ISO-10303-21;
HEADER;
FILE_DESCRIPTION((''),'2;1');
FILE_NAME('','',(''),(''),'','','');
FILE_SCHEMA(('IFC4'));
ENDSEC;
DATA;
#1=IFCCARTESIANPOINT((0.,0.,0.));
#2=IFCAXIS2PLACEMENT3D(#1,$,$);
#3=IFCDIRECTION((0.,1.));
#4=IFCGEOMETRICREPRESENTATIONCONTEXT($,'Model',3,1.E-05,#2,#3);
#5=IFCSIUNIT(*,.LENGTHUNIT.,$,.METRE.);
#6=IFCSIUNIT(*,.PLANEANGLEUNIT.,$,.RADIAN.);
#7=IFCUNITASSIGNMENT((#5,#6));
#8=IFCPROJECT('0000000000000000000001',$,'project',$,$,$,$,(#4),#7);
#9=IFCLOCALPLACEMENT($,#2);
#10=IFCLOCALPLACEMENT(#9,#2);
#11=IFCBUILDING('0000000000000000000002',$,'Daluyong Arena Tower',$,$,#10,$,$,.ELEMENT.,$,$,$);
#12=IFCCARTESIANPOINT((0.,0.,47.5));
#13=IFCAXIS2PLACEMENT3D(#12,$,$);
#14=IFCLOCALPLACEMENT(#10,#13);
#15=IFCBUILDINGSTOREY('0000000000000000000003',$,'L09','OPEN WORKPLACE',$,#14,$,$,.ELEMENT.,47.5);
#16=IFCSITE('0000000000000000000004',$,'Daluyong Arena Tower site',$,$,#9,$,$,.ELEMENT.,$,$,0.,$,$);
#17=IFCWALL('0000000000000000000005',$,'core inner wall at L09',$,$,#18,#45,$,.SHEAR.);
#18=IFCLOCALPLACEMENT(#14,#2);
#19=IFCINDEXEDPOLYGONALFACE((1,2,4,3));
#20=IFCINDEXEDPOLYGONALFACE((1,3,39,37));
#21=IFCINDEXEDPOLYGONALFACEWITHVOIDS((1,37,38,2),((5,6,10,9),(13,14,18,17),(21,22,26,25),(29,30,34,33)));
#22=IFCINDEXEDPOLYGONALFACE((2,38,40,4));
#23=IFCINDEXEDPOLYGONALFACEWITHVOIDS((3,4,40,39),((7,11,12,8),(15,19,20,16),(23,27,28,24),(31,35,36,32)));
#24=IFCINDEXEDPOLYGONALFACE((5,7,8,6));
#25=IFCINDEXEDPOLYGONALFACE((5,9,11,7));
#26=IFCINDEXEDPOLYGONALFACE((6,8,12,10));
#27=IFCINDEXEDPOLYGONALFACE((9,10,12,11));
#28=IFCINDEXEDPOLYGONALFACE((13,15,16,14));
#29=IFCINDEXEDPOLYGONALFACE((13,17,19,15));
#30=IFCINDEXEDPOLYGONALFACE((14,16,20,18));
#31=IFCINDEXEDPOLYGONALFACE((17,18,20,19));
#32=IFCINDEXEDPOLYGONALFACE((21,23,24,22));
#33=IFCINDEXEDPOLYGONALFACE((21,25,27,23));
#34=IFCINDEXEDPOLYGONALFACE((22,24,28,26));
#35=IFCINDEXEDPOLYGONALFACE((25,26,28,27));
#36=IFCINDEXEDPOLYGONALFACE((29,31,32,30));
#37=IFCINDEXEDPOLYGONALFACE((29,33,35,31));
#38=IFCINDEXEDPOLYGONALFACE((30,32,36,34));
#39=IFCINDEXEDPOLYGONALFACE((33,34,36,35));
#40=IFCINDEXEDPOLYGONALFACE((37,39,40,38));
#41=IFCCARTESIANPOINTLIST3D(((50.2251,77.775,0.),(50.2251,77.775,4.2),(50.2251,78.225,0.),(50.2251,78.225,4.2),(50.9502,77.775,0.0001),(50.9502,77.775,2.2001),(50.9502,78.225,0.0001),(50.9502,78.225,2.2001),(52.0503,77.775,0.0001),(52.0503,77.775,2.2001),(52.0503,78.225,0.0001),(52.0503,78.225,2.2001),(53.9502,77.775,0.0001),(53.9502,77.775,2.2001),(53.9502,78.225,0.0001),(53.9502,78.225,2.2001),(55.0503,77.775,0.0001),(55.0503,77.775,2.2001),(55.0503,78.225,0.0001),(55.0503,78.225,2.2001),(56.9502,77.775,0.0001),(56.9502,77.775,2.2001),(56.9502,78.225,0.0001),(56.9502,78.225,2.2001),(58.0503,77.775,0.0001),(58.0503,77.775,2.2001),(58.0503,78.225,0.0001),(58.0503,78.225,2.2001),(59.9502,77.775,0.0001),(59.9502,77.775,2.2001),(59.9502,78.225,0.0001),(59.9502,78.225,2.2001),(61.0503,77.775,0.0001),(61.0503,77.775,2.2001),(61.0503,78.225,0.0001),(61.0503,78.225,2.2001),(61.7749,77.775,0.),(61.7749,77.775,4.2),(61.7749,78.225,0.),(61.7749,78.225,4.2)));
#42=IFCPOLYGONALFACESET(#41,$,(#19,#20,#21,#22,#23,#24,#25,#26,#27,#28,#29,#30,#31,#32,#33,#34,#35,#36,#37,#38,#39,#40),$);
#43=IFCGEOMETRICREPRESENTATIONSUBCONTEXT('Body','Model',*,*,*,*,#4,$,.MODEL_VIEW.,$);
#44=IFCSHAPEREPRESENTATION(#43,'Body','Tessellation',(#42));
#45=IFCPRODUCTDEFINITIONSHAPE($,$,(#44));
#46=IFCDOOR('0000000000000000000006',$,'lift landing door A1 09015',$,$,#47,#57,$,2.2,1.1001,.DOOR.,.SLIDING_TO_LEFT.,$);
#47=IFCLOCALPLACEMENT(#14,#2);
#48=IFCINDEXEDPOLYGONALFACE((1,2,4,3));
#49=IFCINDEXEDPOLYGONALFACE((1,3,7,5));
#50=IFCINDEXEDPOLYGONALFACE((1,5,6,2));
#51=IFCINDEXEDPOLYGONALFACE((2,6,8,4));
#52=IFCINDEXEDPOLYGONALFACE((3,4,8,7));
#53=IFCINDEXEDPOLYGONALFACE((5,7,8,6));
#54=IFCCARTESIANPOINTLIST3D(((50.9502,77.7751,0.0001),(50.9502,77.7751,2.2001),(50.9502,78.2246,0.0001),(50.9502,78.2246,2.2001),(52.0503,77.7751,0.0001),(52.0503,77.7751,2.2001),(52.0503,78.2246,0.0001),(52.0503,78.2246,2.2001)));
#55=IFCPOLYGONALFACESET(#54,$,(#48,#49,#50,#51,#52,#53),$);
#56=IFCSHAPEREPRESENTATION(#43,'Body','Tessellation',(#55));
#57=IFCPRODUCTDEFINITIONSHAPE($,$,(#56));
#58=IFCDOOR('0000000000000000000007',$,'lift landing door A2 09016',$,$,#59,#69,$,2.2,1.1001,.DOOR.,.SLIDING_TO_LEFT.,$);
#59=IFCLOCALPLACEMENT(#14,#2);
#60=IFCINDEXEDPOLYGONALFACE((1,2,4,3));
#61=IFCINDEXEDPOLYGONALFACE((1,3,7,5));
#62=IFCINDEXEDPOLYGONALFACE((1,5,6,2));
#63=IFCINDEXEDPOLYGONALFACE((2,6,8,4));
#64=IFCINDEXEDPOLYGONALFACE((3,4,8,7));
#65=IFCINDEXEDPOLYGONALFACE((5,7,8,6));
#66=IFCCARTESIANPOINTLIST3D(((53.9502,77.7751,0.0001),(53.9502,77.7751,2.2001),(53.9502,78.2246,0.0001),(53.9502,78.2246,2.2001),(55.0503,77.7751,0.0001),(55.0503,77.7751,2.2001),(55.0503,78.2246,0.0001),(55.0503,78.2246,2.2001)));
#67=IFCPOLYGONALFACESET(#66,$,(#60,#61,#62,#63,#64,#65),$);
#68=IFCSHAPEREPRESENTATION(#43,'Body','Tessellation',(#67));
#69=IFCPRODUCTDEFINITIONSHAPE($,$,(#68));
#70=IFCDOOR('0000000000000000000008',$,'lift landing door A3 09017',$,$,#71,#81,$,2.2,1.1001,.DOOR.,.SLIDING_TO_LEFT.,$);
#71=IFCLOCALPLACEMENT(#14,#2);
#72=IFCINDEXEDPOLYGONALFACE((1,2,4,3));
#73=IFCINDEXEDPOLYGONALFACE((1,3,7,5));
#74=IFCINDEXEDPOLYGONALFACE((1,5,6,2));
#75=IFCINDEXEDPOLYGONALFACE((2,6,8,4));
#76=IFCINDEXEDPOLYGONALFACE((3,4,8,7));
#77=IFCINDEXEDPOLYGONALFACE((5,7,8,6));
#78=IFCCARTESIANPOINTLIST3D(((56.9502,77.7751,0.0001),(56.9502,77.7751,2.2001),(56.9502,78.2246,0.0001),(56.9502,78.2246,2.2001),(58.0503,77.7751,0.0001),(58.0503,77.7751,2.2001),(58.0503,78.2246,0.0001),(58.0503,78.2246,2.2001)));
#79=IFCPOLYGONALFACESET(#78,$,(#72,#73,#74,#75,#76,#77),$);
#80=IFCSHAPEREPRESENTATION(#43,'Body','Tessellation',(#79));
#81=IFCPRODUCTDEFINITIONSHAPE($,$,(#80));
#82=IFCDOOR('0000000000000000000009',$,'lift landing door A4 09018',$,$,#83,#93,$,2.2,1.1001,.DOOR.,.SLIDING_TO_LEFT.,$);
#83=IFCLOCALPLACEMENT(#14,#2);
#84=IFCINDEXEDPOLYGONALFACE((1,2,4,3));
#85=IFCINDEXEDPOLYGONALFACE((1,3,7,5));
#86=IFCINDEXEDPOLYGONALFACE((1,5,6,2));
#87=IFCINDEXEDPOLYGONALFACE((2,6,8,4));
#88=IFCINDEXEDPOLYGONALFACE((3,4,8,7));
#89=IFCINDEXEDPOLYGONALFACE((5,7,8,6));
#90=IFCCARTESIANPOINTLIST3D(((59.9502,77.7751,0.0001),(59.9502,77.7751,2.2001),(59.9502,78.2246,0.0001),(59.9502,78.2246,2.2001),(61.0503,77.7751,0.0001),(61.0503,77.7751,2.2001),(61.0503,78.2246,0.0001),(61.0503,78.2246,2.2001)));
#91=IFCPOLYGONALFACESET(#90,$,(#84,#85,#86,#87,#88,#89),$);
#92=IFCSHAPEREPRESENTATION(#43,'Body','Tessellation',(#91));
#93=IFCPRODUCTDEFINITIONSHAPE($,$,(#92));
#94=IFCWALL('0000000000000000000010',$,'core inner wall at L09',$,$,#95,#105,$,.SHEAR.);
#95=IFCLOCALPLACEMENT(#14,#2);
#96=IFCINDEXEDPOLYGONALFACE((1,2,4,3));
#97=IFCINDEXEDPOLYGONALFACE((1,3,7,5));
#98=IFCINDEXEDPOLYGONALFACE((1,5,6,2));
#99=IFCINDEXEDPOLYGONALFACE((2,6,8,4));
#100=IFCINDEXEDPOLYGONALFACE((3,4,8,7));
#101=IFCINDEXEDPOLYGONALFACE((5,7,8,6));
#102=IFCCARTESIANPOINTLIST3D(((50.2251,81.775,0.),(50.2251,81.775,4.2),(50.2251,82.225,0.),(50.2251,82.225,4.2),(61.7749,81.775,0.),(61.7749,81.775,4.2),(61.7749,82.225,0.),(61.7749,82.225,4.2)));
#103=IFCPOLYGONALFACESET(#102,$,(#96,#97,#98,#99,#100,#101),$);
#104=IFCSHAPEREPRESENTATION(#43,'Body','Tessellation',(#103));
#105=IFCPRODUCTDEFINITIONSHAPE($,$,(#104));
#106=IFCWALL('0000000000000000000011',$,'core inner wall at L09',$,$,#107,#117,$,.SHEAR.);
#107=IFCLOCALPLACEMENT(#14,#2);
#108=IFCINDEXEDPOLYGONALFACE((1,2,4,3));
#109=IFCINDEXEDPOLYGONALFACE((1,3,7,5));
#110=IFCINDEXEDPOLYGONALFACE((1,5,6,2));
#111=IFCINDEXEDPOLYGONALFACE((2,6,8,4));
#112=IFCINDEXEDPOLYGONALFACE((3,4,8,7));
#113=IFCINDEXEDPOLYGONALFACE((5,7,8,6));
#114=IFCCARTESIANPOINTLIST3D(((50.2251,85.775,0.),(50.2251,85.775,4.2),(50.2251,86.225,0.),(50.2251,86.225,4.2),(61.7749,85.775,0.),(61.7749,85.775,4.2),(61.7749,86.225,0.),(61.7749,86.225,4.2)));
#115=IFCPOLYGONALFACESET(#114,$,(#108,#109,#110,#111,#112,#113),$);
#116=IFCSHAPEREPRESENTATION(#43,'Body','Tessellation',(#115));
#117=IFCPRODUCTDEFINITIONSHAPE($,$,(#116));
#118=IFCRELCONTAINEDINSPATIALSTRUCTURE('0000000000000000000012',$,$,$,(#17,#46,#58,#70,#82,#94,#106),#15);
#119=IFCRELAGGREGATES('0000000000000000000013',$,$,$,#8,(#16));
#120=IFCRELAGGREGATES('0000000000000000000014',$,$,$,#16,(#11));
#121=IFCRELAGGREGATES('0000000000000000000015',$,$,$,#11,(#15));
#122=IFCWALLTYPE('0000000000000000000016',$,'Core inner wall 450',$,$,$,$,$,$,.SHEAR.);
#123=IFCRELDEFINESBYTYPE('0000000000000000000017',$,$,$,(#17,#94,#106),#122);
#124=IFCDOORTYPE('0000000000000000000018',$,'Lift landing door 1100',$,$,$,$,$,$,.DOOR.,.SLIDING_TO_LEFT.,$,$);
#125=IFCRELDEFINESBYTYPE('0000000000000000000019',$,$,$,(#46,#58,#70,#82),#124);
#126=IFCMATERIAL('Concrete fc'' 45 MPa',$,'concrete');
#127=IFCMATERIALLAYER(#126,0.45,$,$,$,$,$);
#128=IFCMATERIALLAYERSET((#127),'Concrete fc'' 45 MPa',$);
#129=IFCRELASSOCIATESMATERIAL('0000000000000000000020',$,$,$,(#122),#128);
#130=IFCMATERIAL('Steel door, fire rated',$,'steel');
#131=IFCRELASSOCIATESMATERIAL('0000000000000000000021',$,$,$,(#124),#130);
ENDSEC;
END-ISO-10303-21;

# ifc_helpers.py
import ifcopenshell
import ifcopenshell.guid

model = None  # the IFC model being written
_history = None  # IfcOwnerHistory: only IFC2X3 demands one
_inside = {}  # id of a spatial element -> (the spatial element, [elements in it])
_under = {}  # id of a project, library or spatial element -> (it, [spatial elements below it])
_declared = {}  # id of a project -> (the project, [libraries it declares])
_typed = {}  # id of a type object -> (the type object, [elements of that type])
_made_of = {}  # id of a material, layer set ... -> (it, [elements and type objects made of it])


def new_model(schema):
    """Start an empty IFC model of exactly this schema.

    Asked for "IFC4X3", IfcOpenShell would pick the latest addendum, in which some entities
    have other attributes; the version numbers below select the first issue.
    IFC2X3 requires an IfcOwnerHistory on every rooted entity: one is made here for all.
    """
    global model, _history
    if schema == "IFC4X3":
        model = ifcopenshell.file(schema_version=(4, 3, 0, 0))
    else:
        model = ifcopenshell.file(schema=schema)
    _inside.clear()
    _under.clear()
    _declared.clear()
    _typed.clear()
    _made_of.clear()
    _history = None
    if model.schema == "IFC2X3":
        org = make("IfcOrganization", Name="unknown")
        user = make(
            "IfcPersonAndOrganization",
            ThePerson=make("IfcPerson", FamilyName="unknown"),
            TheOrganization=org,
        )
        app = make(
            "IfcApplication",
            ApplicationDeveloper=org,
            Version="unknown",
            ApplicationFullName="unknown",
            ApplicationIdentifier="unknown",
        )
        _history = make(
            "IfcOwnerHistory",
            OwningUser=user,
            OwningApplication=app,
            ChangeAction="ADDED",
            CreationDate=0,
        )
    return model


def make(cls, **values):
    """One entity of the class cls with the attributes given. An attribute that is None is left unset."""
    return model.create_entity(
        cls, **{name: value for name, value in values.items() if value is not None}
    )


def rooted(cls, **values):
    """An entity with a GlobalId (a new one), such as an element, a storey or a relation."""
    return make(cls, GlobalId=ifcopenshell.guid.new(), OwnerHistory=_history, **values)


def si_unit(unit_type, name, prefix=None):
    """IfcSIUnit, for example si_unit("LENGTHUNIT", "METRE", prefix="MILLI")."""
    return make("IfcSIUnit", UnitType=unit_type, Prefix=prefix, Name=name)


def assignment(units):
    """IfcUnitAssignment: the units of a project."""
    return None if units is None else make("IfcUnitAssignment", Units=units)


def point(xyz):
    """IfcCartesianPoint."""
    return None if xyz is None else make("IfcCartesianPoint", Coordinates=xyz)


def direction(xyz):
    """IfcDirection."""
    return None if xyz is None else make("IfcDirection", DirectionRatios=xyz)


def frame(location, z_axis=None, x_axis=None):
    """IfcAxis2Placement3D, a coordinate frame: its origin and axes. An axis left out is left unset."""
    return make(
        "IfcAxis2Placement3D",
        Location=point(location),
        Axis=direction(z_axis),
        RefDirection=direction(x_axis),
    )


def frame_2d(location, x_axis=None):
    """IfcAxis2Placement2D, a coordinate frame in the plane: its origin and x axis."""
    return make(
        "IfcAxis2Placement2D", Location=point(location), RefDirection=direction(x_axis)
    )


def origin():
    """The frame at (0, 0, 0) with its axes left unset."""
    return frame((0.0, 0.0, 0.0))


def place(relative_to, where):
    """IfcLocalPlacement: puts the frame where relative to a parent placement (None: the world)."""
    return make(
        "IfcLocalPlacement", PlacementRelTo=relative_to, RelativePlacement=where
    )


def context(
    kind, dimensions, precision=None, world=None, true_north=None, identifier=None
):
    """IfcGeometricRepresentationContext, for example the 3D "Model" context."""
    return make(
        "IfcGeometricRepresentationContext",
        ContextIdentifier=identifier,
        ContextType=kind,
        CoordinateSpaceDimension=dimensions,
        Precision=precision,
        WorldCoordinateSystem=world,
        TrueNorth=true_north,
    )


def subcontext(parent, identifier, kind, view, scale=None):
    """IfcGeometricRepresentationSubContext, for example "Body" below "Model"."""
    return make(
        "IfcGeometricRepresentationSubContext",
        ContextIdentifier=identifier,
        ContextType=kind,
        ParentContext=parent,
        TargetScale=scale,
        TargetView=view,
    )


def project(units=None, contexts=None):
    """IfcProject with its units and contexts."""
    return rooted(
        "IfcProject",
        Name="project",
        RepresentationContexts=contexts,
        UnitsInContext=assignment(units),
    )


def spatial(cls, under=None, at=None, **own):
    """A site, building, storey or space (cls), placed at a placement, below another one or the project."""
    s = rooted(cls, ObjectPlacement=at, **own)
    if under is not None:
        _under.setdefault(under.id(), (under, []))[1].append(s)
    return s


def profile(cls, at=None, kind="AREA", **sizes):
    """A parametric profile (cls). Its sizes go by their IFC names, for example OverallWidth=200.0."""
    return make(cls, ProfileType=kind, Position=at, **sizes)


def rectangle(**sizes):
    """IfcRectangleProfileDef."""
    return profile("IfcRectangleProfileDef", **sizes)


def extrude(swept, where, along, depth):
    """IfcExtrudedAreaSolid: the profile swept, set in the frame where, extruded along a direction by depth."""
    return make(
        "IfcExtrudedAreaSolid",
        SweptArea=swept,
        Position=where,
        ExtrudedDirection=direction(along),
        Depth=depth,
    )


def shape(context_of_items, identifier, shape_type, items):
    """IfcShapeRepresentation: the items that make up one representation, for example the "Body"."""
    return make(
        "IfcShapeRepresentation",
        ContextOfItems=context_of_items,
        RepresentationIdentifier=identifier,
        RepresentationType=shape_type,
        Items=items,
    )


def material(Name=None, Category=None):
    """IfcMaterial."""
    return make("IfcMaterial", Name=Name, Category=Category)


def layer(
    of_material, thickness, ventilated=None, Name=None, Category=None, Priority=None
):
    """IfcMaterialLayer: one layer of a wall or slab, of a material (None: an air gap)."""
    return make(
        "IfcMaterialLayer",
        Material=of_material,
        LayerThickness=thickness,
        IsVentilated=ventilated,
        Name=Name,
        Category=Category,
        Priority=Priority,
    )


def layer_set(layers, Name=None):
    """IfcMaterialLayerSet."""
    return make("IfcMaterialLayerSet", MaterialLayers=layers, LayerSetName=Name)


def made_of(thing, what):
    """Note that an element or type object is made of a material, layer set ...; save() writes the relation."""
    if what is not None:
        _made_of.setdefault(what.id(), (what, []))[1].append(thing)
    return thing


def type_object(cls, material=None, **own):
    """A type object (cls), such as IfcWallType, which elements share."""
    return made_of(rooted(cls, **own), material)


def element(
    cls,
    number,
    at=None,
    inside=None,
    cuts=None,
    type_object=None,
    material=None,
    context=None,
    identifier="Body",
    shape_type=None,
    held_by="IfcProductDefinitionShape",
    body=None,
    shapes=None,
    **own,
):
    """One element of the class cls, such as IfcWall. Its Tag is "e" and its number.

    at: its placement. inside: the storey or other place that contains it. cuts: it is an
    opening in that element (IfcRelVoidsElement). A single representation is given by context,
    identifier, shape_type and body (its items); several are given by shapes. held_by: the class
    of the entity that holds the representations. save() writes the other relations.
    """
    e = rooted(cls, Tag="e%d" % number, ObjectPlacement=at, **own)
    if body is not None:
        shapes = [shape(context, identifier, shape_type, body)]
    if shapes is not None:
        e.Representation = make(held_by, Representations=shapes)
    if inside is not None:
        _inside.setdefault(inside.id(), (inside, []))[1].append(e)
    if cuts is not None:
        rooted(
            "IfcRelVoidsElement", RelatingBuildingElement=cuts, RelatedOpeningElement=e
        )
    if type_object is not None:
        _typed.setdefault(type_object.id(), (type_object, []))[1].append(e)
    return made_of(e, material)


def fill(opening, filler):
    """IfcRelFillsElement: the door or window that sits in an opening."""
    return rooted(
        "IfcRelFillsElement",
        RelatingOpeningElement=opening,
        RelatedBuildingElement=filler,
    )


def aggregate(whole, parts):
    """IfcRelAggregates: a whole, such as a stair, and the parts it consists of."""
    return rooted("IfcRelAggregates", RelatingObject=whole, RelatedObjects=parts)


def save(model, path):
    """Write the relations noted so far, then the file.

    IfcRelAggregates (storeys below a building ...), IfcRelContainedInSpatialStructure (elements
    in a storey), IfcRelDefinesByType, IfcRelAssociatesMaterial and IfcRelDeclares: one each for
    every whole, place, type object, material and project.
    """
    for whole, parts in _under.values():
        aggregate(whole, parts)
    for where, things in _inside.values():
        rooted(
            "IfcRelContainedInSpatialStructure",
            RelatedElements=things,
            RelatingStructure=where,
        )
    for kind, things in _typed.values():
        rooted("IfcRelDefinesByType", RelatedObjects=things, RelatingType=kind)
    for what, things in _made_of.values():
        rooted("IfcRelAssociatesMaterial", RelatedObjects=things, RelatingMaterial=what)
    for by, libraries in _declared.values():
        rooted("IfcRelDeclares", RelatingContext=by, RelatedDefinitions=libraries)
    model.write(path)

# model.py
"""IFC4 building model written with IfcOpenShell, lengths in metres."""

from ifc_helpers import new_model, si_unit, direction, frame, frame_2d, origin, place, context, subcontext, project, spatial, rectangle, extrude, material, layer, layer_set, type_object, element, fill, save


model = new_model("IFC4")

# Units and contexts
model_context = context("Model", 3, precision=1e-05, world=origin(), true_north=direction((0.0, 1.0)))
body_context = subcontext(model_context, "Body", "Model", "MODEL_VIEW")
ifc_project = project(units=[si_unit("LENGTHUNIT", "METRE"), si_unit("PLANEANGLEUNIT", "RADIAN")], contexts=[model_context])

# Site, building, storey
site_placement = place(None, origin())
site = spatial("IfcSite", under=ifc_project, at=site_placement, Name="Daluyong Arena Tower site", CompositionType="ELEMENT", RefElevation=0.0)
building_placement = place(site_placement, origin())
building = spatial("IfcBuilding", under=site, at=building_placement, Name="Daluyong Arena Tower", CompositionType="ELEMENT")
storey_placement = place(building_placement, frame((0.0, 0.0, 47.5)))
storey = spatial("IfcBuildingStorey", under=building, at=storey_placement, Name="L09", Description="OPEN WORKPLACE", CompositionType="ELEMENT", Elevation=47.5)

# Wall, openings, doors
ifc_material_1 = material(Name="Concrete fc' 45 MPa", Category="concrete")
ifc_layer_1 = layer(ifc_material_1, 0.45)
ifc_layer_set_1 = layer_set([ifc_layer_1], Name="Concrete fc' 45 MPa")
wall_type_1 = type_object("IfcWallType", Name="Core inner wall 450", PredefinedType="SHEAR", material=ifc_layer_set_1)
wall_1_placement = place(storey_placement, frame((50.2251, 78.0, 0.0), z_axis=(0.0, 0.0, 1.0), x_axis=(1.0, 0.0, 0.0)))
wall_1 = element("IfcWall", 1, at=wall_1_placement, inside=storey, type_object=wall_type_1, Name="core inner wall at L09", PredefinedType="SHEAR", context=body_context, shape_type="SweptSolid", body=[
    extrude(rectangle(XDim=11.5498, YDim=0.45, at=frame_2d((5.7749, 0.0))), origin(), (0.0, 0.0, 1.0), 4.2),
])
opening_1_placement = place(wall_1_placement, frame((0.7251, 0.0, 0.0)))
opening_1 = element("IfcOpeningElement", 2, at=opening_1_placement, cuts=wall_1, PredefinedType="OPENING", context=body_context, shape_type="SweptSolid", body=[
    extrude(rectangle(XDim=1.1001, YDim=2.2, at=frame_2d((0.55, 1.1001))), frame((0.0, 0.2349, 0.0), z_axis=(0.0, -1.0, 0.0), x_axis=(1.0, 0.0, 0.0)), (0.0, 0.0, 1.0), 0.47),
])
opening_2_placement = place(wall_1_placement, frame((3.7251, 0.0, 0.0)))
opening_2 = element("IfcOpeningElement", 3, at=opening_2_placement, cuts=wall_1, PredefinedType="OPENING", context=body_context, shape_type="SweptSolid", body=[
    extrude(rectangle(XDim=1.1001, YDim=2.2, at=frame_2d((0.55, 1.1001))), frame((0.0, 0.2349, 0.0), z_axis=(0.0, -1.0, 0.0), x_axis=(1.0, 0.0, 0.0)), (0.0, 0.0, 1.0), 0.47),
])
opening_3_placement = place(wall_1_placement, frame((6.7251, 0.0, 0.0)))
opening_3 = element("IfcOpeningElement", 4, at=opening_3_placement, cuts=wall_1, PredefinedType="OPENING", context=body_context, shape_type="SweptSolid", body=[
    extrude(rectangle(XDim=1.1001, YDim=2.2, at=frame_2d((0.55, 1.1001))), frame((0.0, 0.2349, 0.0), z_axis=(0.0, -1.0, 0.0), x_axis=(1.0, 0.0, 0.0)), (0.0, 0.0, 1.0), 0.47),
])
opening_4_placement = place(wall_1_placement, frame((9.7251, 0.0, 0.0)))
opening_4 = element("IfcOpeningElement", 5, at=opening_4_placement, cuts=wall_1, PredefinedType="OPENING", context=body_context, shape_type="SweptSolid", body=[
    extrude(rectangle(XDim=1.1001, YDim=2.2, at=frame_2d((0.55, 1.1001))), frame((0.0, 0.2349, 0.0), z_axis=(0.0, -1.0, 0.0), x_axis=(1.0, 0.0, 0.0)), (0.0, 0.0, 1.0), 0.47),
])
ifc_material_2 = material(Name="Steel door, fire rated", Category="steel")
door_type_1 = type_object("IfcDoorType", Name="Lift landing door 1100", OperationType="SLIDING_TO_LEFT", PredefinedType="DOOR", material=ifc_material_2)
door_1_placement = place(opening_1_placement, origin())
door_1 = element("IfcDoor", 6, at=door_1_placement, inside=storey, type_object=door_type_1, Name="lift landing door A1 09015", OperationType="SLIDING_TO_LEFT", OverallHeight=2.2, OverallWidth=1.1001, PredefinedType="DOOR", context=body_context, shape_type="SweptSolid", body=[
    extrude(rectangle(XDim=1.1001, YDim=2.2, at=frame_2d((0.55, 1.1001))), frame((0.0, 0.2246, 0.0), z_axis=(0.0, -1.0, 0.0), x_axis=(1.0, 0.0, 0.0)), (0.0, 0.0, 1.0), 0.4495),
])
fill(opening_1, door_1)
door_2_placement = place(opening_2_placement, origin())
door_2 = element("IfcDoor", 7, at=door_2_placement, inside=storey, type_object=door_type_1, Name="lift landing door A2 09016", OperationType="SLIDING_TO_LEFT", OverallHeight=2.2, OverallWidth=1.1001, PredefinedType="DOOR", context=body_context, shape_type="SweptSolid", body=[
    extrude(rectangle(XDim=1.1001, YDim=2.2, at=frame_2d((0.55, 1.1001))), frame((0.0, 0.2246, 0.0), z_axis=(0.0, -1.0, 0.0), x_axis=(1.0, 0.0, 0.0)), (0.0, 0.0, 1.0), 0.4495),
])
fill(opening_2, door_2)
door_3_placement = place(opening_3_placement, origin())
door_3 = element("IfcDoor", 8, at=door_3_placement, inside=storey, type_object=door_type_1, Name="lift landing door A3 09017", OperationType="SLIDING_TO_LEFT", OverallHeight=2.2, OverallWidth=1.1001, PredefinedType="DOOR", context=body_context, shape_type="SweptSolid", body=[
    extrude(rectangle(XDim=1.1001, YDim=2.2, at=frame_2d((0.55, 1.1001))), frame((0.0, 0.2246, 0.0), z_axis=(0.0, -1.0, 0.0), x_axis=(1.0, 0.0, 0.0)), (0.0, 0.0, 1.0), 0.4495),
])
fill(opening_3, door_3)
door_4_placement = place(opening_4_placement, origin())
door_4 = element("IfcDoor", 9, at=door_4_placement, inside=storey, type_object=door_type_1, Name="lift landing door A4 09018", OperationType="SLIDING_TO_LEFT", OverallHeight=2.2, OverallWidth=1.1001, PredefinedType="DOOR", context=body_context, shape_type="SweptSolid", body=[
    extrude(rectangle(XDim=1.1001, YDim=2.2, at=frame_2d((0.55, 1.1001))), frame((0.0, 0.2246, 0.0), z_axis=(0.0, -1.0, 0.0), x_axis=(1.0, 0.0, 0.0)), (0.0, 0.0, 1.0), 0.4495),
])
fill(opening_4, door_4)

# Walls
for number, where, z_axis, x_axis, name in (
    (10, (50.2251, 82.0, 0.0), (0.0, 0.0, 1.0), (1.0, 0.0, 0.0), "core inner wall at L09"),
    (11, (50.2251, 86.0, 0.0), (0.0, 0.0, 1.0), (1.0, 0.0, 0.0), "core inner wall at L09"),
):
    element("IfcWall", number, at=place(storey_placement, frame(where, z_axis=z_axis, x_axis=x_axis)), inside=storey, type_object=wall_type_1, Name=name, PredefinedType="SHEAR", context=body_context, shape_type="SweptSolid", body=[
        extrude(rectangle(XDim=11.5498, YDim=0.45, at=frame_2d((5.7749, 0.0))), origin(), (0.0, 0.0, 1.0), 4.2),
    ])

save(model, "model.ifc")
